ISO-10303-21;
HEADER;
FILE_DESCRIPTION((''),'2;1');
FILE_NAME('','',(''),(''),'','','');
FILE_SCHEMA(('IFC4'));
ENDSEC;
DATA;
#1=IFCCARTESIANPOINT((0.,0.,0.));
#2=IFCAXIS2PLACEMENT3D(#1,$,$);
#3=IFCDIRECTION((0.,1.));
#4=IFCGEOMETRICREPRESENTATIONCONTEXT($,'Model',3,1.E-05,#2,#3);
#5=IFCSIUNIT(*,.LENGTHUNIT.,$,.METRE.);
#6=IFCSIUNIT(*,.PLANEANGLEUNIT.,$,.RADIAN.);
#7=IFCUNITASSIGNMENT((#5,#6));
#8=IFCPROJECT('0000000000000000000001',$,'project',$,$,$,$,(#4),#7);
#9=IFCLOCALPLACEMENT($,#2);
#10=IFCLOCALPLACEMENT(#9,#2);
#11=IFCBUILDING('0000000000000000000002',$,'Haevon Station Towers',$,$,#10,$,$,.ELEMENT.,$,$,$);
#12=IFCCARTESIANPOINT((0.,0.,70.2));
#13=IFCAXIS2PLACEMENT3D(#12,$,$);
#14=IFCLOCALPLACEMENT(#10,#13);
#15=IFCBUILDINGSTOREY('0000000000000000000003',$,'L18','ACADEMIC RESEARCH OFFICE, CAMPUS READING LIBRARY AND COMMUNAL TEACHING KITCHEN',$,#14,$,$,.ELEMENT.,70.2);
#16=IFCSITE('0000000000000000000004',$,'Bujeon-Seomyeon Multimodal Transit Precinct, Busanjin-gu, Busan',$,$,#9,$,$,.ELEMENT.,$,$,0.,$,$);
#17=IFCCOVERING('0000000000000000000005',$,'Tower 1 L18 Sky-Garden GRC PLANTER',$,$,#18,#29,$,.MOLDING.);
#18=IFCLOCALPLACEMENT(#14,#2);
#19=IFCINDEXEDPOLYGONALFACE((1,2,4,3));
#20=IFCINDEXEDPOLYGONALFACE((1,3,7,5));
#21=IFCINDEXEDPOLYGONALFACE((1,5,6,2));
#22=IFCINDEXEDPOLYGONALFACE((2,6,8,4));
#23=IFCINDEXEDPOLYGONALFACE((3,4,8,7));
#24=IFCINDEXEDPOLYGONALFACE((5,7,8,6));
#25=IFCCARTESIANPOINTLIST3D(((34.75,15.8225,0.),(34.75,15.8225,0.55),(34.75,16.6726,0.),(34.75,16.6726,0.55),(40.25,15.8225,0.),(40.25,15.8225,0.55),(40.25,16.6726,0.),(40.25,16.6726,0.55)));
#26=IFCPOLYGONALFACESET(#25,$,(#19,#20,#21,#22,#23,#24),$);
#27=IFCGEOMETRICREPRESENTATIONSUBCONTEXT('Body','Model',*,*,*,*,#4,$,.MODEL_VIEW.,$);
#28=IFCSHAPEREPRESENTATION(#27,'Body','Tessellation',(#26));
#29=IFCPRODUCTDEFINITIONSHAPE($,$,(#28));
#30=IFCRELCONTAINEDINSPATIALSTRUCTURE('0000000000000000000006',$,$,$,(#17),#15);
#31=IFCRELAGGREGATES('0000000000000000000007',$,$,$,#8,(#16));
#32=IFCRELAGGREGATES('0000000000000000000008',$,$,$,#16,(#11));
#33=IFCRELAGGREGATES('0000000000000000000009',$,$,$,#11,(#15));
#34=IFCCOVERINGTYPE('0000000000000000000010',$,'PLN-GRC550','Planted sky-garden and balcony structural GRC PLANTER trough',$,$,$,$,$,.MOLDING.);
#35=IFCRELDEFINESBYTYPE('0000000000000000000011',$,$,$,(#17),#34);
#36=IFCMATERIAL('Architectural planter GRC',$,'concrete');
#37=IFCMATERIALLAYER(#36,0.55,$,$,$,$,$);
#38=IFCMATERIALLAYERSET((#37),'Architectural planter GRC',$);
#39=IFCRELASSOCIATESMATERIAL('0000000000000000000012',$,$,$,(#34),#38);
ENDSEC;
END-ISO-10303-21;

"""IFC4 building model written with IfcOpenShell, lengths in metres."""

from ifc_helpers import new_model, si_unit, direction, frame, origin, origin_2d, place, context, subcontext, project, spatial, rectangle, extrude, material, layer, layer_set, type_object, element, save


model = new_model("IFC4")

# Units and contexts
model_context = context("Model", 3, precision=1e-05, world=origin(), true_north=direction((0.0, 1.0)))
body_context = subcontext(model_context, "Body", "Model", "MODEL_VIEW")
ifc_project = project(units=[si_unit("LENGTHUNIT", "METRE"), si_unit("PLANEANGLEUNIT", "RADIAN")], contexts=[model_context])

# Site, building, storey
site_placement = place(None, origin())
site = spatial("IfcSite", under=ifc_project, at=site_placement, Name="Bujeon-Seomyeon Multimodal Transit Precinct, Busanjin-gu, Busan", CompositionType="ELEMENT", RefElevation=0.0)
building_placement = place(site_placement, origin())
building = spatial("IfcBuilding", under=site, at=building_placement, Name="Haevon Station Towers", CompositionType="ELEMENT")
storey_placement = place(building_placement, frame((0.0, 0.0, 70.2)))
storey = spatial("IfcBuildingStorey", under=building, at=storey_placement, Name="L18", Description="ACADEMIC RESEARCH OFFICE, CAMPUS READING LIBRARY AND COMMUNAL TEACHING KITCHEN", CompositionType="ELEMENT", Elevation=70.2)

# Covering
ifc_material_1 = material(Name="Architectural planter GRC", Category="concrete")
ifc_layer_1 = layer(ifc_material_1, 0.55)
ifc_layer_set_1 = layer_set([ifc_layer_1], Name="Architectural planter GRC")
covering_type_1 = type_object("IfcCoveringType", Name="PLN-GRC550", Description="Planted sky-garden and balcony structural GRC PLANTER trough", PredefinedType="MOLDING", material=ifc_layer_set_1)
covering_1_placement = place(storey_placement, frame((37.5, 16.2476, 0.0), z_axis=(0.0, 0.0, 1.0), x_axis=(1.0, 0.0, 0.0)))
element("IfcCovering", 1, at=covering_1_placement, inside=storey, type_object=covering_type_1, Name="Tower 1 L18 Sky-Garden GRC PLANTER", PredefinedType="MOLDING", context=body_context, shape_type="SweptSolid", body=[
    extrude(rectangle(XDim=5.5, YDim=0.8501, at=origin_2d()), origin(), (0.0, 0.0, 1.0), 0.55),
])

save(model, "model.ifc")
